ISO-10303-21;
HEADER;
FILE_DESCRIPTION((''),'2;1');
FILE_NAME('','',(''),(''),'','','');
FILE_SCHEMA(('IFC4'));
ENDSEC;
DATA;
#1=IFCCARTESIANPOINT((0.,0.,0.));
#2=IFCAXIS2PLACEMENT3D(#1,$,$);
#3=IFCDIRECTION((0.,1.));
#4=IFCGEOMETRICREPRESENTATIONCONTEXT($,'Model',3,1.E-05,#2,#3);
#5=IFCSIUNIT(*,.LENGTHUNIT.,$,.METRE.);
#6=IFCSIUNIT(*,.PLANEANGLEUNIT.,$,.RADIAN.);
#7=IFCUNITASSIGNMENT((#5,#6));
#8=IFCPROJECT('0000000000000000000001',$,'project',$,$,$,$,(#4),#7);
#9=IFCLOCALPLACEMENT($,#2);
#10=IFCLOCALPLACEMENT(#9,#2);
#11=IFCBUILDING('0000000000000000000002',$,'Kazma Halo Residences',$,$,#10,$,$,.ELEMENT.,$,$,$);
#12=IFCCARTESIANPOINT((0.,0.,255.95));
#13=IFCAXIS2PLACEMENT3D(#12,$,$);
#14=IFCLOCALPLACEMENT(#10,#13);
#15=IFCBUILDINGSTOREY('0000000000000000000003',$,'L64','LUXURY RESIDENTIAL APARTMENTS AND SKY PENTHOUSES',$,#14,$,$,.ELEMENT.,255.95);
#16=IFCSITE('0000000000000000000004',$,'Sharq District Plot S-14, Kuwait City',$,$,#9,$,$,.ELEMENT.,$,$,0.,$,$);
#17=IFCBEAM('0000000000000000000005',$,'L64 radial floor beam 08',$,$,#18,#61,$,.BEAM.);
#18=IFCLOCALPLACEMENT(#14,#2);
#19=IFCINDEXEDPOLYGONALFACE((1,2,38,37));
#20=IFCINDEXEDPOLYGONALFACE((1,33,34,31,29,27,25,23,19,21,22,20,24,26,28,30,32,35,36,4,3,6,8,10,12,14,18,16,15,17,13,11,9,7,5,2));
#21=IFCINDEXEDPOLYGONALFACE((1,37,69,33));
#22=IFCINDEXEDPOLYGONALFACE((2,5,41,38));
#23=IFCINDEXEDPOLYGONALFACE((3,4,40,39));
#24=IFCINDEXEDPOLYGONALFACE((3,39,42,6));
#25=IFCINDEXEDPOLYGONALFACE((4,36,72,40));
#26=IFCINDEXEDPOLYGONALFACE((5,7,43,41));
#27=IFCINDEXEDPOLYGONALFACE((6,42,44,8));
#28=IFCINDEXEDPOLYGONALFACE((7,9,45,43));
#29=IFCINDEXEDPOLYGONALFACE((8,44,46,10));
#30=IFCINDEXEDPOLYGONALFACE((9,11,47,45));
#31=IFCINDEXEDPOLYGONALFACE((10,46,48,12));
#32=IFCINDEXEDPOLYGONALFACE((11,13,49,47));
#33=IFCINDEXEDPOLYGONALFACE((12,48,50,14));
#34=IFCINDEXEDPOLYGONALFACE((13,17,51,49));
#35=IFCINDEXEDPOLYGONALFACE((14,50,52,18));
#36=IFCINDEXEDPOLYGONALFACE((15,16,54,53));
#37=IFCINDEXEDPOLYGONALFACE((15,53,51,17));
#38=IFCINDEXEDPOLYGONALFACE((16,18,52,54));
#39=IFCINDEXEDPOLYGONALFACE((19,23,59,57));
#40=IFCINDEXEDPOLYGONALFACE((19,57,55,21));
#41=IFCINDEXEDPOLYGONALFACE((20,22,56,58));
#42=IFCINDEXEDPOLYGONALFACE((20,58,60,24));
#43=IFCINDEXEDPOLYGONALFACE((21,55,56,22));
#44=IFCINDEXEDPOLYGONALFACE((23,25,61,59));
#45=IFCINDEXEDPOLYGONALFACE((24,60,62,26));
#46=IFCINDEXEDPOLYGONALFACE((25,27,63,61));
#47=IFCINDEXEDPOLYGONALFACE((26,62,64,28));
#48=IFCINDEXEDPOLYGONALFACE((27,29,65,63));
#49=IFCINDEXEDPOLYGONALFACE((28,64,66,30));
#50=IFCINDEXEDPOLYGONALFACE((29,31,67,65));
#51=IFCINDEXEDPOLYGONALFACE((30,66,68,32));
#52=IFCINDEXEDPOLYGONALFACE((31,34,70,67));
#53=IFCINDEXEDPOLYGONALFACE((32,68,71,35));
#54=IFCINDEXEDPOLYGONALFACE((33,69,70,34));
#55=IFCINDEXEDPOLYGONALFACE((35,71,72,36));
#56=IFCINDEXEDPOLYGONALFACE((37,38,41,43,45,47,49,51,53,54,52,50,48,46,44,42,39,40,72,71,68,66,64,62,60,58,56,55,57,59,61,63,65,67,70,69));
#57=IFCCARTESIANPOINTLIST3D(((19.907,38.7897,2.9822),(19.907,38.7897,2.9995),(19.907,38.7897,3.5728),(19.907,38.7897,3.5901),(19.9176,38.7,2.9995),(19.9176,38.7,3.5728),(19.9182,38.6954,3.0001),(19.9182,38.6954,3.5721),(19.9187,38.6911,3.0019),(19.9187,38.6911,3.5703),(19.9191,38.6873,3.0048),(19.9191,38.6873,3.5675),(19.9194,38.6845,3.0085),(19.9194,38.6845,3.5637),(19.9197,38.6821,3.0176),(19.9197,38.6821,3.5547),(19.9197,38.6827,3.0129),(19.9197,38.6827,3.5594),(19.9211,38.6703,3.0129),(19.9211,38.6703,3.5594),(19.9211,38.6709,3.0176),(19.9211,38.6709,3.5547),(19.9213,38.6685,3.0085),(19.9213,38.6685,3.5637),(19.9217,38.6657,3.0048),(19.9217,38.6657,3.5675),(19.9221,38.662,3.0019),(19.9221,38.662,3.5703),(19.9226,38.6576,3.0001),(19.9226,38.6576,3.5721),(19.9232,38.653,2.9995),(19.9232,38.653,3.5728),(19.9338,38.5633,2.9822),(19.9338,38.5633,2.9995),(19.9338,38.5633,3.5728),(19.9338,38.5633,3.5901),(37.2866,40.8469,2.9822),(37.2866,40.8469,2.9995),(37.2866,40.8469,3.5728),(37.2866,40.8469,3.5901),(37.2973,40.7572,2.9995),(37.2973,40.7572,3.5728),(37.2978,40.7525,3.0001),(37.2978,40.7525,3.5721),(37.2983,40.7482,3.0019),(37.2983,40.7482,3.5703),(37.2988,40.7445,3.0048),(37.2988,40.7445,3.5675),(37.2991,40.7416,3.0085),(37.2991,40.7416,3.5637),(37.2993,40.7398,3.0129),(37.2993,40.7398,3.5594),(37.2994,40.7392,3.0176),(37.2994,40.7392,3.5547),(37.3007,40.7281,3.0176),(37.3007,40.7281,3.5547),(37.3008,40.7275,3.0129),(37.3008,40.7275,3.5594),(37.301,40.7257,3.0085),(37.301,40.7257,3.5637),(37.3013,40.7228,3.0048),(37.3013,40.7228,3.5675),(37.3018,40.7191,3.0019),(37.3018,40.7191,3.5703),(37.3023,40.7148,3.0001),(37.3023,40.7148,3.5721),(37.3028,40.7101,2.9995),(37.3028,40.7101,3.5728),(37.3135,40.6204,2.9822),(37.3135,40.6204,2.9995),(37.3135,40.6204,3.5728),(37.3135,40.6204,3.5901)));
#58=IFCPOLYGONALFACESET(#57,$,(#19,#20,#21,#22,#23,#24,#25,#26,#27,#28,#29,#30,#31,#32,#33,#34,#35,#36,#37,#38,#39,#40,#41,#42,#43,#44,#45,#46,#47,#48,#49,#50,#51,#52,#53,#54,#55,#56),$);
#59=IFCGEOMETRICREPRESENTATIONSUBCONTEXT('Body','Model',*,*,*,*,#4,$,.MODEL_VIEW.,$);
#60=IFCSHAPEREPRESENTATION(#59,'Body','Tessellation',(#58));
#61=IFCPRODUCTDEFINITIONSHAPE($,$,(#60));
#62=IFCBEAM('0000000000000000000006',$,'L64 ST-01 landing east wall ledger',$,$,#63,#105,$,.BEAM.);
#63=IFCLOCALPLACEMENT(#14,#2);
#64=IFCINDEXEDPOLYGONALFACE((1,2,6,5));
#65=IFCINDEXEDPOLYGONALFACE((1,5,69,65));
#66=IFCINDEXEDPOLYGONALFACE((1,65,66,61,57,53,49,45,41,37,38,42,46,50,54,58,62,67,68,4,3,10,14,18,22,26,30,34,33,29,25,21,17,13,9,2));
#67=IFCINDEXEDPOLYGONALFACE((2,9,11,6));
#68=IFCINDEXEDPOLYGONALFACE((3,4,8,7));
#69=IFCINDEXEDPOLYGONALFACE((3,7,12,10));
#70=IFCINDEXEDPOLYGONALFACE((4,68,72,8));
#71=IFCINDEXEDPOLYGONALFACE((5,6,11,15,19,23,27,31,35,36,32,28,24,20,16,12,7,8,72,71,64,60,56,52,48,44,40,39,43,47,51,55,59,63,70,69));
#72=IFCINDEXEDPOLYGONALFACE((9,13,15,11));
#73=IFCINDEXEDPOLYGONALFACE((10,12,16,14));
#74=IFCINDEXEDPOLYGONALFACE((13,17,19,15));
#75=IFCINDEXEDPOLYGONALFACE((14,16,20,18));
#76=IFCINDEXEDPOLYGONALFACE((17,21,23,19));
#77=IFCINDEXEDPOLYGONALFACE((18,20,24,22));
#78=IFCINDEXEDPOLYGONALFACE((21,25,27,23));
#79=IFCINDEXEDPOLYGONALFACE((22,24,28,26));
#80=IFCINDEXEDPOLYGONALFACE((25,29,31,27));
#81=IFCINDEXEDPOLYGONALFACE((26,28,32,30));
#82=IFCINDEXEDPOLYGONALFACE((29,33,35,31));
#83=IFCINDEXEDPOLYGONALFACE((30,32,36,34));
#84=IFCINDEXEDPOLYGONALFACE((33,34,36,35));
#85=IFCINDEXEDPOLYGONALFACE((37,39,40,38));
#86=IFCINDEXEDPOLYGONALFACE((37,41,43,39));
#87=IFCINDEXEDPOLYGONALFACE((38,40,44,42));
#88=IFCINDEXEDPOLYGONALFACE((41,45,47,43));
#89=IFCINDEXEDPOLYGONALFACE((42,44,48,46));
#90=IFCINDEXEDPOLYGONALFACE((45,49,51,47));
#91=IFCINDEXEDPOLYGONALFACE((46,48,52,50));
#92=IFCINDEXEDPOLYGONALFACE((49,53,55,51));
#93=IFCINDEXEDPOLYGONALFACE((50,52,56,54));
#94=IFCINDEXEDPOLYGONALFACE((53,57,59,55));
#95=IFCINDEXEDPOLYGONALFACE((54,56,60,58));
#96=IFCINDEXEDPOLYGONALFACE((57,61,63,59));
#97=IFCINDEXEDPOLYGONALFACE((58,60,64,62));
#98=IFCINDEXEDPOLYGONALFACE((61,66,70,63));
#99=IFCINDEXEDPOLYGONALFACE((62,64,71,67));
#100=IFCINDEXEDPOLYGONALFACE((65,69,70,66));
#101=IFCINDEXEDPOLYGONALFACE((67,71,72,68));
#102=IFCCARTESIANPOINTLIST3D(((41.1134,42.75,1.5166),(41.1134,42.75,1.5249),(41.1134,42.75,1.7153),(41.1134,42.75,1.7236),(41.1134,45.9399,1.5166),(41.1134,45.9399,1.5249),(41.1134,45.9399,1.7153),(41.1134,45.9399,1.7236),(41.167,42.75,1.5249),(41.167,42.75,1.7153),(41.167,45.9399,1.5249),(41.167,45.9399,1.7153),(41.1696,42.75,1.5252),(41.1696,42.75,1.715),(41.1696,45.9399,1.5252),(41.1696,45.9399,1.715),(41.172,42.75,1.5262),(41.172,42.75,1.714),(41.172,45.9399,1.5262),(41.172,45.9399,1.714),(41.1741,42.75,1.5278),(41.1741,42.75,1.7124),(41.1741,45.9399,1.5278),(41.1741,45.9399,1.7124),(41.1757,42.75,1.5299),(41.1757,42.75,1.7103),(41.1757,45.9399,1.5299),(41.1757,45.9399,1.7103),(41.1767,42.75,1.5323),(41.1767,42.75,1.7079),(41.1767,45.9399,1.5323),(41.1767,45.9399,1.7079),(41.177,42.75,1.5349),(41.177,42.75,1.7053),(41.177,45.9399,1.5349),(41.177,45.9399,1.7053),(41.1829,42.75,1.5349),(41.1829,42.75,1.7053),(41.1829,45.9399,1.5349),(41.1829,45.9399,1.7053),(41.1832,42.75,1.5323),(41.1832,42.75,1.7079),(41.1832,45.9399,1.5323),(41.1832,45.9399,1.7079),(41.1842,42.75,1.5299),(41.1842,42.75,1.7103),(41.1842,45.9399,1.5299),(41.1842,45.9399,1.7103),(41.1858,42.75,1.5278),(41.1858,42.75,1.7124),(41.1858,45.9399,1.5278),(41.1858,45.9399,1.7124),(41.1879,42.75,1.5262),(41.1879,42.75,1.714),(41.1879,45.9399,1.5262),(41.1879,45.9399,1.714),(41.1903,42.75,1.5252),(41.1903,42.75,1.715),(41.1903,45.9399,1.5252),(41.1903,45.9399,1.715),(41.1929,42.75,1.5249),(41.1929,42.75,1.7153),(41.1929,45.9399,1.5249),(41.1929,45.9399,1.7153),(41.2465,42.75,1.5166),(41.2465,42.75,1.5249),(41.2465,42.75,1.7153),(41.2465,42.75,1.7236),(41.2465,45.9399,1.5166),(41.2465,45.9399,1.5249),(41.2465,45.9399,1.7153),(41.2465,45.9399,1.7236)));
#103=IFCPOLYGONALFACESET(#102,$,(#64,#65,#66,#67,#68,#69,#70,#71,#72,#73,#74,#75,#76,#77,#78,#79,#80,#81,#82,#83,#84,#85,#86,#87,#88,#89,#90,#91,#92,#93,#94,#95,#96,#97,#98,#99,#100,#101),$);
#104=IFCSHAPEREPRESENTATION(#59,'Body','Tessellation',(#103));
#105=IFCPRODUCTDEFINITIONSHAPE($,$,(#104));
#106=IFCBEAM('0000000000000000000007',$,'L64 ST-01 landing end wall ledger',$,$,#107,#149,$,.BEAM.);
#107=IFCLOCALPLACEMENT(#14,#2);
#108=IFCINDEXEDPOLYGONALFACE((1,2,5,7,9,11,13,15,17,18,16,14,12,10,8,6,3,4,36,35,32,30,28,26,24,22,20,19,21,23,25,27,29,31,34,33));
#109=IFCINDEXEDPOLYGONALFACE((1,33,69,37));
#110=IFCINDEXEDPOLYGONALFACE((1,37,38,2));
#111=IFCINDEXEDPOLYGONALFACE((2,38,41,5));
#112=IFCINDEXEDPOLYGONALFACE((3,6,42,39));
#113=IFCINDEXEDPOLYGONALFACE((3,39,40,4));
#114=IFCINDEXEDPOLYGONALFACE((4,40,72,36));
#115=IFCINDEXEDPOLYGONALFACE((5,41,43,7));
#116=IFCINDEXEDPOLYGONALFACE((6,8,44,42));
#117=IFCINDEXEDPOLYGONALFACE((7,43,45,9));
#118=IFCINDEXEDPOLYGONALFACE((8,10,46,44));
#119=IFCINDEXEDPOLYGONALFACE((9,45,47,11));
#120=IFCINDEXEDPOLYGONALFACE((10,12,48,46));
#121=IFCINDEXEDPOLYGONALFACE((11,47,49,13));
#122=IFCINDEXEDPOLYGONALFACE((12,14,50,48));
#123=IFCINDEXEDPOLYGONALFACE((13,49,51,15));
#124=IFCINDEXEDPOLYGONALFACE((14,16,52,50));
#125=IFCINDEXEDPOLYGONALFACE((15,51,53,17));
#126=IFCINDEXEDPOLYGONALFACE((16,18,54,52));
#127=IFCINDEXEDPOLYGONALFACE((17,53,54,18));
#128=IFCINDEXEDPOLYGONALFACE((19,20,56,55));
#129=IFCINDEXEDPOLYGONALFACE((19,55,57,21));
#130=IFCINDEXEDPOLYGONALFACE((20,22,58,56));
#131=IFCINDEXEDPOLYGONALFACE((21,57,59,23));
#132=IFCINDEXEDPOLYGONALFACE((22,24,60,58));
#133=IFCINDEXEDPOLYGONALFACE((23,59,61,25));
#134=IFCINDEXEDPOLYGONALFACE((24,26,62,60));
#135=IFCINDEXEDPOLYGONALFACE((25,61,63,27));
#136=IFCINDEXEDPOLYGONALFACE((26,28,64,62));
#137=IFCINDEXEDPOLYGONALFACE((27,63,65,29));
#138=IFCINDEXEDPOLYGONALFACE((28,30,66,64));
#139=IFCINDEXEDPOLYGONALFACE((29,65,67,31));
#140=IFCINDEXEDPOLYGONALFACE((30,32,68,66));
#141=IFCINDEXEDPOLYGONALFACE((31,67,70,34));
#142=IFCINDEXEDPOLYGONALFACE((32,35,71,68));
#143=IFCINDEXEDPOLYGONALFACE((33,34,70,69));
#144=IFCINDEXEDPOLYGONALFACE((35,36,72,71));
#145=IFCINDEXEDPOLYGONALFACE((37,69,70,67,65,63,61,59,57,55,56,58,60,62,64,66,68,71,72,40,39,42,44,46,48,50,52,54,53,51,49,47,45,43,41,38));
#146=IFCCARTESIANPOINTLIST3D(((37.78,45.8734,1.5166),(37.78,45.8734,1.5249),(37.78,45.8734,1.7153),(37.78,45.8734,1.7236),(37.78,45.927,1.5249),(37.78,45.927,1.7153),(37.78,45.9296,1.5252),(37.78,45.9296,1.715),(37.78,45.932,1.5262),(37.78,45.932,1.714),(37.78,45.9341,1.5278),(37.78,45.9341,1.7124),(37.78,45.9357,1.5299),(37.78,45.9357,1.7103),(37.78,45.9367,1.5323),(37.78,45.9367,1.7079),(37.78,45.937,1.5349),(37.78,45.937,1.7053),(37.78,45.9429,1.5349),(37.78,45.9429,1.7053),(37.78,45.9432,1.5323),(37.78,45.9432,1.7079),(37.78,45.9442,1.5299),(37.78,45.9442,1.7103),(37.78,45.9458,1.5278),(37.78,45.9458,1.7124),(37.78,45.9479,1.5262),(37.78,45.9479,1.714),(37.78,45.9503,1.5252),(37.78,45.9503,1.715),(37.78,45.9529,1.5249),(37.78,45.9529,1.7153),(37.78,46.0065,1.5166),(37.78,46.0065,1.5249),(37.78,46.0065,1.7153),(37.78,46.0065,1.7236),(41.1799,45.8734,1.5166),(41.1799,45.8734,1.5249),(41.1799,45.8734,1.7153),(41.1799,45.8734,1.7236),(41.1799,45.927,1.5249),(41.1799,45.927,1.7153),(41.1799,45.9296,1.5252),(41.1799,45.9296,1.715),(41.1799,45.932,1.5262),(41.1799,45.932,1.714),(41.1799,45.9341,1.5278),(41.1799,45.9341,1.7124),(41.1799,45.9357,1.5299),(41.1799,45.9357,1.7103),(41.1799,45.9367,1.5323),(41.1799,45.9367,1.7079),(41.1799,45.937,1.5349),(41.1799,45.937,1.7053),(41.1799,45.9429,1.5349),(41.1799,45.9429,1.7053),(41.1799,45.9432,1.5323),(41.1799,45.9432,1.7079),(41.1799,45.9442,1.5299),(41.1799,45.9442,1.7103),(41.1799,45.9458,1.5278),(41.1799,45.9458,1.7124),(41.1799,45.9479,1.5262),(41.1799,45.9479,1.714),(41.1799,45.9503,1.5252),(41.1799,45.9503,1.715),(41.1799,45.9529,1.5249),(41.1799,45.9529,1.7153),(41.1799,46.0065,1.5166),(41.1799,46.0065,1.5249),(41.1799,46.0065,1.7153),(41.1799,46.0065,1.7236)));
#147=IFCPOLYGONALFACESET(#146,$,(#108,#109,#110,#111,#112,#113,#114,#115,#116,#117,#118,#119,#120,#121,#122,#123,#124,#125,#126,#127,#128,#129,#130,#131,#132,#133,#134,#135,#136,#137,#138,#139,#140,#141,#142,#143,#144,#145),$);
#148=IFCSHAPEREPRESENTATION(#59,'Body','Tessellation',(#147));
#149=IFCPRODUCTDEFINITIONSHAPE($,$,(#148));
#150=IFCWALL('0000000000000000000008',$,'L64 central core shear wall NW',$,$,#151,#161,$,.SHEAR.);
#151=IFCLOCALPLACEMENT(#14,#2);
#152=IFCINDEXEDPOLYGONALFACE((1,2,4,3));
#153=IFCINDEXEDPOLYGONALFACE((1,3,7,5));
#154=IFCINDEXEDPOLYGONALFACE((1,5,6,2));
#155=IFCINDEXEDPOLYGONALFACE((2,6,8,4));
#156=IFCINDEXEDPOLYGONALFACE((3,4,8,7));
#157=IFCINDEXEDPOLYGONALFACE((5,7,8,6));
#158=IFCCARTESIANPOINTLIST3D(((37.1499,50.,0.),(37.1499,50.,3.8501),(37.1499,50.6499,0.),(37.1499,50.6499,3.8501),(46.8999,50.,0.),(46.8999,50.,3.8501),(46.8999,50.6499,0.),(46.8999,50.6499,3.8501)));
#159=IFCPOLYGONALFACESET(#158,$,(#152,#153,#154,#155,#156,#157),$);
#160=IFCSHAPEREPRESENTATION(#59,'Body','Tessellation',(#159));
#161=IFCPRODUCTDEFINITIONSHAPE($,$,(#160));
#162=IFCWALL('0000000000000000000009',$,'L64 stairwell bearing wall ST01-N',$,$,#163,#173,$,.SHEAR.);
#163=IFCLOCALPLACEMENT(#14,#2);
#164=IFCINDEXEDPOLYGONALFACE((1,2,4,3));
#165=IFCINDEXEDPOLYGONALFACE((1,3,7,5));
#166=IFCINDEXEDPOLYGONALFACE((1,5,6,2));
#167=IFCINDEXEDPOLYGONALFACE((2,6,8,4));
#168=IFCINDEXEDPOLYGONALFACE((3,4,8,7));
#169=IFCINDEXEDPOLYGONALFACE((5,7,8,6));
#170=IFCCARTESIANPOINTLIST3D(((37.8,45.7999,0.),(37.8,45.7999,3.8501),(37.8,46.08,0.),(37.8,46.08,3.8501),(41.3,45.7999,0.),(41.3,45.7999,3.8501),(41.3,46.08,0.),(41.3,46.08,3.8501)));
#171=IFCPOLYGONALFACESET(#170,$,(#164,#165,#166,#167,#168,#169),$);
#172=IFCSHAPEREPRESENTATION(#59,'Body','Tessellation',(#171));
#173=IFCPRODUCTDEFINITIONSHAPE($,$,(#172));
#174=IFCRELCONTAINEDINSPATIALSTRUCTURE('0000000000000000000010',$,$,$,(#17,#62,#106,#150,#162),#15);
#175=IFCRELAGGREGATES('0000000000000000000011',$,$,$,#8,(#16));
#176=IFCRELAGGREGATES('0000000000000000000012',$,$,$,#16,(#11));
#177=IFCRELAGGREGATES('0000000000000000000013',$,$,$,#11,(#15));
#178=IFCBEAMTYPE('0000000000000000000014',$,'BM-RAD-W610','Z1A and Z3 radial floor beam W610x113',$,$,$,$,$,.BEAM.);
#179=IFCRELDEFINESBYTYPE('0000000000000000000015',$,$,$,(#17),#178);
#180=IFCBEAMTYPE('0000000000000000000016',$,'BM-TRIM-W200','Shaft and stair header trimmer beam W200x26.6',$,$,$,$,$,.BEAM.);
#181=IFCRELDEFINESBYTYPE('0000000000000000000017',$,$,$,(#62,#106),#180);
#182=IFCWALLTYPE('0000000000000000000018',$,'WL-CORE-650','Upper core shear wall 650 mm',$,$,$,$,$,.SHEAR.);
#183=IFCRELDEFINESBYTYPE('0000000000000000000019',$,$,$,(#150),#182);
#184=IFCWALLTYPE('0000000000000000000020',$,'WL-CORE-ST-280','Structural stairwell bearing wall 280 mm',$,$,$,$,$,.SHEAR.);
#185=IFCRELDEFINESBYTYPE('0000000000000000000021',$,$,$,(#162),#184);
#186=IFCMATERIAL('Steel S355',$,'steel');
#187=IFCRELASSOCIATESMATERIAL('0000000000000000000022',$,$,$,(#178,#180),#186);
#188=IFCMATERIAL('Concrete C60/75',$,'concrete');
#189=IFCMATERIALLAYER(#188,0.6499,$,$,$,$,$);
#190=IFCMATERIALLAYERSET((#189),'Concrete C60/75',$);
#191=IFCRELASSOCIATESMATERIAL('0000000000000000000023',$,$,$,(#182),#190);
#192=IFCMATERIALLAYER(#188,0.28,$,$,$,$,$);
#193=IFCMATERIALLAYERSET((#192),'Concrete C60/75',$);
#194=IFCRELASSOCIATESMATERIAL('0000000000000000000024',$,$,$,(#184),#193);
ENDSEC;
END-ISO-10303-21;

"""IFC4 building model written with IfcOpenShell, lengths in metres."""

from ifc_helpers import new_model, si_unit, direction, frame, frame_2d, origin, origin_2d, place, context, subcontext, project, spatial, rectangle, i_section, extrude, material, layer, layer_set, material_profile, profile_set, type_object, element, save


model = new_model("IFC4")

# Units and contexts
model_context = context("Model", 3, precision=1e-05, world=origin(), true_north=direction((0.0, 1.0)))
body_context = subcontext(model_context, "Body", "Model", "MODEL_VIEW")
ifc_project = project(units=[si_unit("LENGTHUNIT", "METRE"), si_unit("PLANEANGLEUNIT", "RADIAN")], contexts=[model_context])

# Site, building, storey
site_placement = place(None, origin())
site = spatial("IfcSite", under=ifc_project, at=site_placement, Name="Sharq District Plot S-14, Kuwait City", CompositionType="ELEMENT", RefElevation=0.0)
building_placement = place(site_placement, origin())
building = spatial("IfcBuilding", under=site, at=building_placement, Name="Kazma Halo Residences", CompositionType="ELEMENT")
storey_placement = place(building_placement, frame((0.0, 0.0, 255.95)))
storey = spatial("IfcBuildingStorey", under=building, at=storey_placement, Name="L64", Description="LUXURY RESIDENTIAL APARTMENTS AND SKY PENTHOUSES", CompositionType="ELEMENT", Elevation=255.95)

# Shared definitions
ifc_material_1 = material(Name="Steel S355", Category="steel")

# Beams
ifc_material_profile_1 = material_profile(ifc_material_1, i_section(OverallWidth=0.228, OverallDepth=0.6079, WebThickness=0.0112, FlangeThickness=0.0173, FilletRadius=0.0181, at=origin_2d()), Name="W610x113")
ifc_profile_set_1 = profile_set([ifc_material_profile_1], Name="Steel S355")
beam_type_1 = type_object("IfcBeamType", Name="BM-RAD-W610", Description="Z1A and Z3 radial floor beam W610x113", PredefinedType="BEAM", material=ifc_profile_set_1)
beam_1_placement = place(storey_placement, frame((37.3, 40.7336, 3.2861), z_axis=(-0.993068, -0.117544, 0.0), x_axis=(0.117544, -0.993068, 0.0)))
element("IfcBeam", 1, at=beam_1_placement, inside=storey, type_object=beam_type_1, Name="L64 radial floor beam 08", PredefinedType="BEAM", context=body_context, shape_type="SweptSolid", body=[
    extrude(i_section(OverallWidth=0.228, OverallDepth=0.6079, WebThickness=0.0112, FlangeThickness=0.0173, FilletRadius=0.0181, at=origin_2d()), origin(), (0.0, 0.0, 1.0), 17.501),
])
ifc_material_profile_2 = material_profile(ifc_material_1, i_section(OverallWidth=0.1331, OverallDepth=0.207, WebThickness=0.0059, FlangeThickness=0.0083, FilletRadius=0.01, at=origin_2d()), Name="W200x26.6")
ifc_profile_set_2 = profile_set([ifc_material_profile_2], Name="Steel S355")
beam_type_2 = type_object("IfcBeamType", Name="BM-TRIM-W200", Description="Shaft and stair header trimmer beam W200x26.6", PredefinedType="BEAM", material=ifc_profile_set_2)
beam_2_placement = place(storey_placement, frame((41.1799, 42.75, 1.6201), z_axis=(0.0, 1.0, 0.0), x_axis=(-1.0, 0.0, 0.0)))
element("IfcBeam", 2, at=beam_2_placement, inside=storey, type_object=beam_type_2, Name="L64 ST-01 landing east wall ledger", PredefinedType="BEAM", context=body_context, shape_type="SweptSolid", body=[
    extrude(i_section(OverallWidth=0.1331, OverallDepth=0.207, WebThickness=0.0059, FlangeThickness=0.0083, FilletRadius=0.01, at=origin_2d()), origin(), (0.0, 0.0, 1.0), 3.1899),
])
beam_3_placement = place(storey_placement, frame((37.78, 45.9399, 1.6201), z_axis=(1.0, 0.0, 0.0), x_axis=(0.0, 1.0, 0.0)))
element("IfcBeam", 3, at=beam_3_placement, inside=storey, type_object=beam_type_2, Name="L64 ST-01 landing end wall ledger", PredefinedType="BEAM", context=body_context, shape_type="SweptSolid", body=[
    extrude(i_section(OverallWidth=0.1331, OverallDepth=0.207, WebThickness=0.0059, FlangeThickness=0.0083, FilletRadius=0.01, at=origin_2d()), origin(), (0.0, 0.0, 1.0), 3.3999),
])

# Walls
ifc_material_2 = material(Name="Concrete C60/75", Category="concrete")
ifc_layer_1 = layer(ifc_material_2, 0.6499)
ifc_layer_set_1 = layer_set([ifc_layer_1], Name="Concrete C60/75")
wall_type_1 = type_object("IfcWallType", Name="WL-CORE-650", Description="Upper core shear wall 650 mm", PredefinedType="SHEAR", material=ifc_layer_set_1)
wall_1_placement = place(storey_placement, frame((37.1499, 50.325, 0.0), z_axis=(0.0, 0.0, 1.0), x_axis=(1.0, 0.0, 0.0)))
element("IfcWall", 4, at=wall_1_placement, inside=storey, type_object=wall_type_1, Name="L64 central core shear wall NW", PredefinedType="SHEAR", context=body_context, shape_type="SweptSolid", body=[
    extrude(rectangle(XDim=9.75, YDim=0.6499, at=frame_2d((4.875, 0.0))), origin(), (0.0, 0.0, 1.0), 3.8501),
])
ifc_layer_2 = layer(ifc_material_2, 0.28)
ifc_layer_set_2 = layer_set([ifc_layer_2], Name="Concrete C60/75")
wall_type_2 = type_object("IfcWallType", Name="WL-CORE-ST-280", Description="Structural stairwell bearing wall 280 mm", PredefinedType="SHEAR", material=ifc_layer_set_2)
wall_2_placement = place(storey_placement, frame((37.8, 45.9399, 0.0), z_axis=(0.0, 0.0, 1.0), x_axis=(1.0, 0.0, 0.0)))
element("IfcWall", 5, at=wall_2_placement, inside=storey, type_object=wall_type_2, Name="L64 stairwell bearing wall ST01-N", PredefinedType="SHEAR", context=body_context, shape_type="SweptSolid", body=[
    extrude(rectangle(XDim=3.5, YDim=0.28, at=frame_2d((1.75, 0.0))), origin(), (0.0, 0.0, 1.0), 3.8501),
])

save(model, "model.ifc")
